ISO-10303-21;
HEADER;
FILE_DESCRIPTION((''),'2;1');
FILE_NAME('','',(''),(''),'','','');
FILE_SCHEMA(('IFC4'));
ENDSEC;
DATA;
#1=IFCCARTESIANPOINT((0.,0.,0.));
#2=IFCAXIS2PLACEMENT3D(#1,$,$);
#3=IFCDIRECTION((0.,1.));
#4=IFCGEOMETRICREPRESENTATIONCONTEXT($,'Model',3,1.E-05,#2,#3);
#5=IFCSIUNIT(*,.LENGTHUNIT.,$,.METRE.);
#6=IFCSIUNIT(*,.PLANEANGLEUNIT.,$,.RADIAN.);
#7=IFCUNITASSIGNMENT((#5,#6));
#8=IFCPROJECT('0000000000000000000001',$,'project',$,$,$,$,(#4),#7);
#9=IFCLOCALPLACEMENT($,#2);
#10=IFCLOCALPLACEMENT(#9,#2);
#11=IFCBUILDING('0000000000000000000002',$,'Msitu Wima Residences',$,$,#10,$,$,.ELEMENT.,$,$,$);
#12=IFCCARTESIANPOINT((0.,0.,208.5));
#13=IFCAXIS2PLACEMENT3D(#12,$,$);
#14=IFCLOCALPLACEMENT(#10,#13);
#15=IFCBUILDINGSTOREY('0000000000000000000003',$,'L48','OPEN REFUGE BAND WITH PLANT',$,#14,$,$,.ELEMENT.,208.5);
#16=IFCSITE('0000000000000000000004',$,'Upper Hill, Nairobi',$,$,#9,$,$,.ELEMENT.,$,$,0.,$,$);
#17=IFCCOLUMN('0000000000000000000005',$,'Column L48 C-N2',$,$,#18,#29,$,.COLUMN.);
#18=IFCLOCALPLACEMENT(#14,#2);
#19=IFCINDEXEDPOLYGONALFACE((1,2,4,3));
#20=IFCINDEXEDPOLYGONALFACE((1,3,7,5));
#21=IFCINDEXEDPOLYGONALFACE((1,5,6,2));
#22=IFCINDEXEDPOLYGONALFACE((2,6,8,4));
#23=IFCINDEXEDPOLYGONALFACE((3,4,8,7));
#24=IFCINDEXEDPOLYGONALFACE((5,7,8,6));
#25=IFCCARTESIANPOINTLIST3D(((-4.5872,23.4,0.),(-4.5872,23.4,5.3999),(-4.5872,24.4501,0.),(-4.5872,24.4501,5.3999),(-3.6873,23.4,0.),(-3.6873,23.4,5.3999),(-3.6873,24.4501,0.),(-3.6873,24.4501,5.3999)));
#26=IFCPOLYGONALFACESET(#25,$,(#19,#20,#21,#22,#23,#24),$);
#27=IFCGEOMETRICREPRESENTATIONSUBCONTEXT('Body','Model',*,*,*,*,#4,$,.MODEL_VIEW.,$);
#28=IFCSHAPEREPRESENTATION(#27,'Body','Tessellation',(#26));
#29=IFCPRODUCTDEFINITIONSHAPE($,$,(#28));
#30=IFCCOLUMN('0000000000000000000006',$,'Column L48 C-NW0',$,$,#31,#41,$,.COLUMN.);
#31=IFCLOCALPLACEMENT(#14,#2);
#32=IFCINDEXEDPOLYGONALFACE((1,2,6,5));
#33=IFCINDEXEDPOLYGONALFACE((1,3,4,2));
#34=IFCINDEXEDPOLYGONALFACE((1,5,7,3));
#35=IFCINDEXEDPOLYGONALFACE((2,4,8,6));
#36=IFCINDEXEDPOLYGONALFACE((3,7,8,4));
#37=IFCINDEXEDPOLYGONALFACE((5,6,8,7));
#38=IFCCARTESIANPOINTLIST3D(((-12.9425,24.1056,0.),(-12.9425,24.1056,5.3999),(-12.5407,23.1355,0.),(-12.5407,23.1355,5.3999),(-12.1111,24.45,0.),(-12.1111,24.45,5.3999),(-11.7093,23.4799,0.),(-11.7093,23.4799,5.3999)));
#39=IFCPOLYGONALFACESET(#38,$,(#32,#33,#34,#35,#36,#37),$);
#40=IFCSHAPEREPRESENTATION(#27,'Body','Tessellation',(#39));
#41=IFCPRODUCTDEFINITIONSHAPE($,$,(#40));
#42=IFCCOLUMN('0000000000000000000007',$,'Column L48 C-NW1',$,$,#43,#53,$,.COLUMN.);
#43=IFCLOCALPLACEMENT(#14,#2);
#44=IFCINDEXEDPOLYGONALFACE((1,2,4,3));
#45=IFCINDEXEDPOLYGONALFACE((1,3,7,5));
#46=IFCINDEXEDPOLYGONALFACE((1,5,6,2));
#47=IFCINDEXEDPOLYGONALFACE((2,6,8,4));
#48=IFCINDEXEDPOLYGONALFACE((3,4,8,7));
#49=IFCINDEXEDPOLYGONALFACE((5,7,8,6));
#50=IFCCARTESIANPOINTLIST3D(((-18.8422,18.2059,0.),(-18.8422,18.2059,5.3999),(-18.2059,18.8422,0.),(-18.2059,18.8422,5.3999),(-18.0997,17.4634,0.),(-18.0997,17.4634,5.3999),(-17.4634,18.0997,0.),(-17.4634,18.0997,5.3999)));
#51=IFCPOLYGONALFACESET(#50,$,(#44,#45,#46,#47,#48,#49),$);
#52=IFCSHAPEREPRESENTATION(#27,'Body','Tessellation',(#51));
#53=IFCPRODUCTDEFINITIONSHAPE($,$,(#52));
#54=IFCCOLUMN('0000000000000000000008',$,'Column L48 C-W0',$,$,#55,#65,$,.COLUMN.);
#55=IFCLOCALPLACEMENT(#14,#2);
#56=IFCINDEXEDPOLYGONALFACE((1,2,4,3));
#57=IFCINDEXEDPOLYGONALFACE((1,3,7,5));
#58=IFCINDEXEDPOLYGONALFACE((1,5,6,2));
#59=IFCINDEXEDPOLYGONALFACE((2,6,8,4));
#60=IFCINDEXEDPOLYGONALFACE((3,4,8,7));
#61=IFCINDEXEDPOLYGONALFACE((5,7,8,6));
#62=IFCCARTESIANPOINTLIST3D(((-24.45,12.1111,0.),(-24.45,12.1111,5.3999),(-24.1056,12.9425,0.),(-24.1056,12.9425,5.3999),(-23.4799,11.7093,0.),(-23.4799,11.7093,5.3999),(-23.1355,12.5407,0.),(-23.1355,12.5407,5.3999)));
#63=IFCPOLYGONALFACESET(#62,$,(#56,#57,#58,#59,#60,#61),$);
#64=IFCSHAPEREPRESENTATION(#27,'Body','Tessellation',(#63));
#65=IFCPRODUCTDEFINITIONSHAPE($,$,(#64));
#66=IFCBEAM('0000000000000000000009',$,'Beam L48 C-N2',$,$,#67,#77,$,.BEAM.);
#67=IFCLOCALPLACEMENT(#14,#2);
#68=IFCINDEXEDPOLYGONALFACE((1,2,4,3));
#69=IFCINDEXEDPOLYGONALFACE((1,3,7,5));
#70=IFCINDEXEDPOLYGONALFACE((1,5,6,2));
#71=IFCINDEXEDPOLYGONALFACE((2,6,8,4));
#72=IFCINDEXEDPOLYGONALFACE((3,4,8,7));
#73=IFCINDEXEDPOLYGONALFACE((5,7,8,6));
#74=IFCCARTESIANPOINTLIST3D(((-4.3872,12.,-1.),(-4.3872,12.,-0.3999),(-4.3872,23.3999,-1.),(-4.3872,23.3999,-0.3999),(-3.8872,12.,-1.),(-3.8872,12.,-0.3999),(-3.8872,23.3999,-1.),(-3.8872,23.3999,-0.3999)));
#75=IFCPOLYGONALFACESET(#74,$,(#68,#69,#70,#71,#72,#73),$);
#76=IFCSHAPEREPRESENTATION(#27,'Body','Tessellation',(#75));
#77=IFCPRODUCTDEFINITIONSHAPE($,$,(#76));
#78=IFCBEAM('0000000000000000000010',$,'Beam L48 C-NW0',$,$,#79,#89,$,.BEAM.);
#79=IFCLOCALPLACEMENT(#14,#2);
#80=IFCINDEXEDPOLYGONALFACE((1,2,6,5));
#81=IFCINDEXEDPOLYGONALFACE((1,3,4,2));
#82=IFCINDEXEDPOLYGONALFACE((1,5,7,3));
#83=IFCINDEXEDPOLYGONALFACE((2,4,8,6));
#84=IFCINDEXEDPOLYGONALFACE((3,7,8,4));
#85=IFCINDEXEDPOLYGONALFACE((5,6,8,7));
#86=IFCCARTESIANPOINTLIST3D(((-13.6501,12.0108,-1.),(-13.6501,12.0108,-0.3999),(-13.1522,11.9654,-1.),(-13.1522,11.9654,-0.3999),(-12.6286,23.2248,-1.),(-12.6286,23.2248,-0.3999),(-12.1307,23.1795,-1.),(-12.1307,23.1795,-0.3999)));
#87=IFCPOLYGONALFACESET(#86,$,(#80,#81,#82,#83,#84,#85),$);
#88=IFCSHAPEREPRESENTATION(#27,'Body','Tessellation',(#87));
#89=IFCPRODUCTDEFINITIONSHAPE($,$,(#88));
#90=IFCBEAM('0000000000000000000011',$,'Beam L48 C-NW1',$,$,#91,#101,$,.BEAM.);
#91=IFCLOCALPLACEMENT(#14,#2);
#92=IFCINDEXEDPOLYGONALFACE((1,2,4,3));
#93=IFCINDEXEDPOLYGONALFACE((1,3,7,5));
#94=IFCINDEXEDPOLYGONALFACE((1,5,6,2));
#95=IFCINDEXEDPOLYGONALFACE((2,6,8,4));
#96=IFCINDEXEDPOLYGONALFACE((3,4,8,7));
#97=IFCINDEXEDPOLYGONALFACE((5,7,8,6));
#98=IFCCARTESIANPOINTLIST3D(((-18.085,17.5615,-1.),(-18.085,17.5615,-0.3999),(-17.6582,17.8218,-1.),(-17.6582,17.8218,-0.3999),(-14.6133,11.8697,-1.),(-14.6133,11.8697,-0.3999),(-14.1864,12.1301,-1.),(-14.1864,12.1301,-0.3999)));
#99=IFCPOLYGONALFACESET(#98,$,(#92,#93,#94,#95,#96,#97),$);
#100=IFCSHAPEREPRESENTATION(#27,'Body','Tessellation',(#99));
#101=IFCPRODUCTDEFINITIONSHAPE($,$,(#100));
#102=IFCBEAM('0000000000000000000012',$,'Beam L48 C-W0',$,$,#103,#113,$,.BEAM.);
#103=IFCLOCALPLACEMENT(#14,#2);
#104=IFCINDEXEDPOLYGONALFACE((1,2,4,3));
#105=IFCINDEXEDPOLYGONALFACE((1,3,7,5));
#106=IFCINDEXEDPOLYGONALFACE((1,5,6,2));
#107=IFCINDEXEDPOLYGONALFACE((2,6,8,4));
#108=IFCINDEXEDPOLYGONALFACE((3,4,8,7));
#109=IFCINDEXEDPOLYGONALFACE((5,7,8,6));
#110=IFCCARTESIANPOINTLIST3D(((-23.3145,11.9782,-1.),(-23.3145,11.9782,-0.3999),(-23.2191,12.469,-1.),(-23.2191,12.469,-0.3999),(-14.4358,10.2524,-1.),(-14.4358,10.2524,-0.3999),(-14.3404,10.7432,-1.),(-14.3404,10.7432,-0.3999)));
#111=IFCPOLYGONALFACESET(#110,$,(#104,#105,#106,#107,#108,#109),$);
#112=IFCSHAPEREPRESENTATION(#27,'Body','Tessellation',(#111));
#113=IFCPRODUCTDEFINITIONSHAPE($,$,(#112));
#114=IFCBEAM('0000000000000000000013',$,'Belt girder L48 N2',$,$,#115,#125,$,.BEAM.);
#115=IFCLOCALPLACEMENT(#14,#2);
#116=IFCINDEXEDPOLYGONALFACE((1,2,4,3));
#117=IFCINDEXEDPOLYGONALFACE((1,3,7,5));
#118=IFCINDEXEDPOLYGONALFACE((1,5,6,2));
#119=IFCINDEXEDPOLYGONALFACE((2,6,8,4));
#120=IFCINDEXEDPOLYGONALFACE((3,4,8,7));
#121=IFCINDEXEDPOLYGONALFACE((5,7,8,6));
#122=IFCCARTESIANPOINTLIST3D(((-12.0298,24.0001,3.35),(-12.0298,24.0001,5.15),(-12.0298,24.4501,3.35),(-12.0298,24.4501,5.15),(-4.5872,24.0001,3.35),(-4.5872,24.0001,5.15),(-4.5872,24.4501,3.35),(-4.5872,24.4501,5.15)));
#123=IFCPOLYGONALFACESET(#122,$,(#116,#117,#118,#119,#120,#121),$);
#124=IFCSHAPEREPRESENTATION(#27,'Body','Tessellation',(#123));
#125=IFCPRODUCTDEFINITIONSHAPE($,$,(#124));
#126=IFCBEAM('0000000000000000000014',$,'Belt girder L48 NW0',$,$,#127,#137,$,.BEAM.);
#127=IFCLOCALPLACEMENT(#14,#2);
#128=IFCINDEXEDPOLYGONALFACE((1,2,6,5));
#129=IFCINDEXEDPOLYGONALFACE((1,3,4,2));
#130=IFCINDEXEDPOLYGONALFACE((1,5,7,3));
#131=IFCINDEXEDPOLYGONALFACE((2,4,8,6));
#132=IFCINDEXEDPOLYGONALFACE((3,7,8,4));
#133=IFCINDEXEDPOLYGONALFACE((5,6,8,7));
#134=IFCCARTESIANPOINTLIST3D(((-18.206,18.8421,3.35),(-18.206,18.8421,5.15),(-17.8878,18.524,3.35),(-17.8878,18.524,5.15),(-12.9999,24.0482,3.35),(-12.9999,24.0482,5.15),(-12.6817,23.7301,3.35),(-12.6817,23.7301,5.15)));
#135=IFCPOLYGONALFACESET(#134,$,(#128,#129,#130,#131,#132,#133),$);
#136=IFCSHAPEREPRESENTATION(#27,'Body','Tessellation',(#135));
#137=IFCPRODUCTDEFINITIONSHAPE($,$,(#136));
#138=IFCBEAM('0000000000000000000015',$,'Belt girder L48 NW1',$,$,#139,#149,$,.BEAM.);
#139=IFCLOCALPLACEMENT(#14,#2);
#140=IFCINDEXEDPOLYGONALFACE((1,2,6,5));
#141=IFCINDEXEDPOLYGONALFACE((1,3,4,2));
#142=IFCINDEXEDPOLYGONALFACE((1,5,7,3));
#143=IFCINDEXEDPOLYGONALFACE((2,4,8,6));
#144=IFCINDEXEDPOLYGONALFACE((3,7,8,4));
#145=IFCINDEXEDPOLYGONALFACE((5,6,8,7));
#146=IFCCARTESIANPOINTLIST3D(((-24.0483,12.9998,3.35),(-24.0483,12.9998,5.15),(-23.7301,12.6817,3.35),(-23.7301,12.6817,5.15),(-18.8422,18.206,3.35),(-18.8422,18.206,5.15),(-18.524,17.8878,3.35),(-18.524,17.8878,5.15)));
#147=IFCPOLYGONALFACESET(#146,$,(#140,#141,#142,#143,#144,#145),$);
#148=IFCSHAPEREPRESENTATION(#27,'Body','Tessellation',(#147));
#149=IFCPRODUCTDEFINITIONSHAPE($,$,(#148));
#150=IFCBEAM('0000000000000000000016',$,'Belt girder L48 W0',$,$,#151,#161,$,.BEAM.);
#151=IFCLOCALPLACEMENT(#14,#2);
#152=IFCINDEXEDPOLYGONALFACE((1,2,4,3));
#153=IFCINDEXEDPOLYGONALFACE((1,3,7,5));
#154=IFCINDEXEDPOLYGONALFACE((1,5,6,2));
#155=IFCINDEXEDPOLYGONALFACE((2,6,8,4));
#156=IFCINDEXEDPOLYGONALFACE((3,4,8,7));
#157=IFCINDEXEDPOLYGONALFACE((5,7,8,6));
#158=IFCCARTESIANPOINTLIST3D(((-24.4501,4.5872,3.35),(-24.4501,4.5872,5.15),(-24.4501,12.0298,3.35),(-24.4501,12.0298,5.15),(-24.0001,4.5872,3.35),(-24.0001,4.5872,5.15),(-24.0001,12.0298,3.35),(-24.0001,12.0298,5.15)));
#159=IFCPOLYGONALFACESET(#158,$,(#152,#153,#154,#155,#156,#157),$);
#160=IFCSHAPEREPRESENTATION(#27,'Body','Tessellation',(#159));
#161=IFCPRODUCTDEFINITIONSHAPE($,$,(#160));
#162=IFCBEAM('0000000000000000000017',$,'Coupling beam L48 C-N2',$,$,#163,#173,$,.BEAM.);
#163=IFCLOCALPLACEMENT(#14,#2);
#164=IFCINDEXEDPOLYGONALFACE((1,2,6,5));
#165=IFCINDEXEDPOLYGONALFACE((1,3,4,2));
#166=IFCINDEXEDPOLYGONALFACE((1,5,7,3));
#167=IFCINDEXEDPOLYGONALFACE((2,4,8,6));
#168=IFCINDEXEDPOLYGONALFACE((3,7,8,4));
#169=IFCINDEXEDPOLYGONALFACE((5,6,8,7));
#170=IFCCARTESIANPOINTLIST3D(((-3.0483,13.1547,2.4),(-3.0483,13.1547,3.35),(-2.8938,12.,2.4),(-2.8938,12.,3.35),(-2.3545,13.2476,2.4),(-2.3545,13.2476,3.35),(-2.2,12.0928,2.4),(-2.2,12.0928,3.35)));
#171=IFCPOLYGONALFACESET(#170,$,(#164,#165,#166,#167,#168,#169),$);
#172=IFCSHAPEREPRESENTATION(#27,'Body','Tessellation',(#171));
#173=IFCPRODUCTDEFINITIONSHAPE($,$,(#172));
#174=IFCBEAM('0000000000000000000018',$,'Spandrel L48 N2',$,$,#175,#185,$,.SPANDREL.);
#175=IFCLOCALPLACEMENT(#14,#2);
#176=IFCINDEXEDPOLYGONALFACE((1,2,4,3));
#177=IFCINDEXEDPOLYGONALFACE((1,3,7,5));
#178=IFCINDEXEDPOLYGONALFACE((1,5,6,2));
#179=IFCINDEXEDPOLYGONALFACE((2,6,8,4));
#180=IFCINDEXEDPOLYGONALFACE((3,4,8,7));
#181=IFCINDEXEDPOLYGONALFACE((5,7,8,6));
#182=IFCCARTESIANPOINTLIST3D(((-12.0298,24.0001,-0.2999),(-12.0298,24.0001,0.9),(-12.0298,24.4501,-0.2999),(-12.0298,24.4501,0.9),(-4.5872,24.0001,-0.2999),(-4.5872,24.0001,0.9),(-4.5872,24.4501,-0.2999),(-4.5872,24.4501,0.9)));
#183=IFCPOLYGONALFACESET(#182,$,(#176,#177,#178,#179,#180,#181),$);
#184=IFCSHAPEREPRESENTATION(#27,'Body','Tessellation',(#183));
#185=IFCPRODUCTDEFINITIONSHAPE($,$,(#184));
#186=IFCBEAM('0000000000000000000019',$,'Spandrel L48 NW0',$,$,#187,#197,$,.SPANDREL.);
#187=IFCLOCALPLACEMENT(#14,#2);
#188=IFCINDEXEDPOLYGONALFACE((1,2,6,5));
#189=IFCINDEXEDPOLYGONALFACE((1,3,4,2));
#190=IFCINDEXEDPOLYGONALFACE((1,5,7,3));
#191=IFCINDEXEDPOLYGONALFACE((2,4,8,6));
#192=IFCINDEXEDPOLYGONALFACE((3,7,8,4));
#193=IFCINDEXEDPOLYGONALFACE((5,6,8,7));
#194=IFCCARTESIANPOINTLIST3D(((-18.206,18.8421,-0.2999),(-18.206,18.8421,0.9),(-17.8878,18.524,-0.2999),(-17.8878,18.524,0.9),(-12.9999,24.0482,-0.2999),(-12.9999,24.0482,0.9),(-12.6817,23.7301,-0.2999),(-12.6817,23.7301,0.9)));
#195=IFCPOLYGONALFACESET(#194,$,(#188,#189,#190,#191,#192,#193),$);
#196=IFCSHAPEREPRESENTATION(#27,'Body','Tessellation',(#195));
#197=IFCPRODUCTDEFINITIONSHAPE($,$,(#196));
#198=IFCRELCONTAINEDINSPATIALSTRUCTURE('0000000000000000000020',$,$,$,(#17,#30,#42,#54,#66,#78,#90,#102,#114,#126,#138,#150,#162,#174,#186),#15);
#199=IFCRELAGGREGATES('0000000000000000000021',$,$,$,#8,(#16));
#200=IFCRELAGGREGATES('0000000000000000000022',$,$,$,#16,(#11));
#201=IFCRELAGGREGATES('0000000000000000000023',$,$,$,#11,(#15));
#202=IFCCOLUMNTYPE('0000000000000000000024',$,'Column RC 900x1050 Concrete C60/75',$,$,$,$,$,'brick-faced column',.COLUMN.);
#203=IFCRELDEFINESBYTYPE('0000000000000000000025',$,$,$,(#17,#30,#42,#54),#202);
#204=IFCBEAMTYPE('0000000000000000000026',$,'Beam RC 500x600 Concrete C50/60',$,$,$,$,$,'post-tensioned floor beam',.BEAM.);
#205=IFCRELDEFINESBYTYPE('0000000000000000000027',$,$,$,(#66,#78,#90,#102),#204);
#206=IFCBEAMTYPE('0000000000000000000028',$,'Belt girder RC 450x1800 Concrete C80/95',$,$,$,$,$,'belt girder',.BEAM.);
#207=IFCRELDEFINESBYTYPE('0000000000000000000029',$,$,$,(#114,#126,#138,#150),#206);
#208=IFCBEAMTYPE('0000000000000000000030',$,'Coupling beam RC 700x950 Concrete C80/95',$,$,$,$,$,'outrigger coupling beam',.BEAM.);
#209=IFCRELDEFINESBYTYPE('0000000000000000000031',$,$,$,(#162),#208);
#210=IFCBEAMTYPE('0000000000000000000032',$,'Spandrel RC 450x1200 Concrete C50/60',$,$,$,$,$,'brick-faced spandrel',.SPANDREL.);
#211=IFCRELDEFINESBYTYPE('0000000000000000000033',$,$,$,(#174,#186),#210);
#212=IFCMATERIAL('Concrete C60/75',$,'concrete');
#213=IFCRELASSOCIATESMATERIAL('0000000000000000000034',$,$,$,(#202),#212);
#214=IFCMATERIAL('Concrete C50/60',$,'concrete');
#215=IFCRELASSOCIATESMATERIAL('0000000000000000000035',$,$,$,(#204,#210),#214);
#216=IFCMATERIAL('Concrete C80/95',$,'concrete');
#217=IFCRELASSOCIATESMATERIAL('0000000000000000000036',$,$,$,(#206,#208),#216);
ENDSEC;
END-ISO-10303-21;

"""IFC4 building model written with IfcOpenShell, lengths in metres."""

from ifc_helpers import new_model, si_unit, direction, frame, origin, origin_2d, place, context, subcontext, project, spatial, rectangle, extrude, material, material_profile, profile_set, type_object, element, save


model = new_model("IFC4")

# Units and contexts
model_context = context("Model", 3, precision=1e-05, world=origin(), true_north=direction((0.0, 1.0)))
body_context = subcontext(model_context, "Body", "Model", "MODEL_VIEW")
ifc_project = project(units=[si_unit("LENGTHUNIT", "METRE"), si_unit("PLANEANGLEUNIT", "RADIAN")], contexts=[model_context])

# Site, building, storey
site_placement = place(None, origin())
site = spatial("IfcSite", under=ifc_project, at=site_placement, Name="Upper Hill, Nairobi", CompositionType="ELEMENT", RefElevation=0.0)
building_placement = place(site_placement, origin())
building = spatial("IfcBuilding", under=site, at=building_placement, Name="Msitu Wima Residences", CompositionType="ELEMENT")
storey_placement = place(building_placement, frame((0.0, 0.0, 208.5)))
storey = spatial("IfcBuildingStorey", under=building, at=storey_placement, Name="L48", Description="OPEN REFUGE BAND WITH PLANT", CompositionType="ELEMENT", Elevation=208.5)

# Columns
ifc_material_1 = material(Name="Concrete C60/75", Category="concrete")
ifc_material_profile_1 = material_profile(ifc_material_1, rectangle(XDim=0.8999, YDim=1.05, at=origin_2d()), Name="RC 900x1050")
ifc_profile_set_1 = profile_set([ifc_material_profile_1], Name="Concrete C60/75")
column_type = type_object("IfcColumnType", Name="Column RC 900x1050 Concrete C60/75", ElementType="brick-faced column", PredefinedType="COLUMN", material=ifc_profile_set_1)
for number, where, z_axis, x_axis, name in (
    (1, (-4.1372, 23.925, 0.0), (0.0, 0.0, 1.0), (-1.0, 0.0, 0.0), "Column L48 C-N2"),
    (2, (-12.3259, 23.7927, 0.0), (0.0, 0.0, 1.0), (-0.92388, -0.382683, 0.0), "Column L48 C-NW0"),
    (3, (-18.1528, 18.1528, 0.0), (0.0, 0.0, 1.0), (-0.707107, -0.707107, 0.0), "Column L48 C-NW1"),
    (4, (-23.7927, 12.3259, 0.0), (0.0, 0.0, 1.0), (-0.382683, -0.92388, 0.0), "Column L48 C-W0"),
):
    element("IfcColumn", number, at=place(storey_placement, frame(where, z_axis=z_axis, x_axis=x_axis)), inside=storey, type_object=column_type, Name=name, PredefinedType="COLUMN", context=body_context, shape_type="SweptSolid", body=[
        extrude(rectangle(XDim=0.8999, YDim=1.05, at=origin_2d()), origin(), (0.0, 0.0, 1.0), 5.3999),
    ])

# Beams
ifc_material_2 = material(Name="Concrete C50/60", Category="concrete")
ifc_material_profile_2 = material_profile(ifc_material_2, rectangle(XDim=0.5, YDim=0.6001, at=origin_2d()), Name="RC 500x600")
ifc_profile_set_2 = profile_set([ifc_material_profile_2], Name="Concrete C50/60")
beam_type_1 = type_object("IfcBeamType", Name="Beam RC 500x600 Concrete C50/60", ElementType="post-tensioned floor beam", PredefinedType="BEAM", material=ifc_profile_set_2)
beam_1_placement = place(storey_placement, frame((-4.1372, 23.3999, -0.7), z_axis=(0.0, -1.0, 0.0), x_axis=(1.0, 0.0, 0.0)))
element("IfcBeam", 5, at=beam_1_placement, inside=storey, type_object=beam_type_1, Name="Beam L48 C-N2", PredefinedType="BEAM", context=body_context, shape_type="SweptSolid", body=[
    extrude(rectangle(XDim=0.5, YDim=0.6001, at=origin_2d()), origin(), (0.0, 0.0, 1.0), 11.3999),
])
beam_2_placement = place(storey_placement, frame((-12.3796, 23.2021, -0.7), z_axis=(-0.090714, -0.995877, 0.0), x_axis=(0.995877, -0.090714, 0.0)))
element("IfcBeam", 6, at=beam_2_placement, inside=storey, type_object=beam_type_1, Name="Beam L48 C-NW0", PredefinedType="BEAM", context=body_context, shape_type="SweptSolid", body=[
    extrude(rectangle(XDim=0.5, YDim=0.6001, at=origin_2d()), origin(), (0.0, 0.0, 1.0), 11.2605),
])
beam_3_placement = place(storey_placement, frame((-17.8716, 17.6917, -0.7), z_axis=(0.520734, -0.853719, 0.0), x_axis=(0.853719, 0.520734, 0.0)))
element("IfcBeam", 7, at=beam_3_placement, inside=storey, type_object=beam_type_1, Name="Beam L48 C-NW1", PredefinedType="BEAM", context=body_context, shape_type="SweptSolid", body=[
    extrude(rectangle(XDim=0.5, YDim=0.6001, at=origin_2d()), origin(), (0.0, 0.0, 1.0), 6.667),
])
beam_4_placement = place(storey_placement, frame((-23.2668, 12.2236, -0.7), z_axis=(0.981627, -0.190808, 0.0), x_axis=(0.190808, 0.981627, 0.0)))
element("IfcBeam", 8, at=beam_4_placement, inside=storey, type_object=beam_type_1, Name="Beam L48 C-W0", PredefinedType="BEAM", context=body_context, shape_type="SweptSolid", body=[
    extrude(rectangle(XDim=0.5, YDim=0.6001, at=origin_2d()), origin(), (0.0, 0.0, 1.0), 9.0449),
])
ifc_material_3 = material(Name="Concrete C80/95", Category="concrete")
ifc_material_profile_3 = material_profile(ifc_material_3, rectangle(XDim=0.45, YDim=1.8, at=origin_2d()), Name="RC 450x1800")
ifc_profile_set_3 = profile_set([ifc_material_profile_3], Name="Concrete C80/95")
beam_type_2 = type_object("IfcBeamType", Name="Belt girder RC 450x1800 Concrete C80/95", ElementType="belt girder", PredefinedType="BEAM", material=ifc_profile_set_3)
beam_5_placement = place(storey_placement, frame((-4.5872, 24.2251, 4.25), z_axis=(-1.0, 0.0, 0.0), x_axis=(0.0, -1.0, 0.0)))
element("IfcBeam", 9, at=beam_5_placement, inside=storey, type_object=beam_type_2, Name="Belt girder L48 N2", PredefinedType="BEAM", context=body_context, shape_type="SweptSolid", body=[
    extrude(rectangle(XDim=0.45, YDim=1.8, at=origin_2d()), origin(), (0.0, 0.0, 1.0), 7.4426),
])
for number, where, z_axis, x_axis, name in (
    (10, (-12.8408, 23.8892, 4.25), (-0.707107, -0.707107, 0.0), (0.707107, -0.707107, 0.0), "Belt girder L48 NW0"),
    (11, (-18.6831, 18.0469, 4.25), (-0.707107, -0.707107, 0.0), (0.707107, -0.707107, 0.0), "Belt girder L48 NW1"),
):
    element("IfcBeam", number, at=place(storey_placement, frame(where, z_axis=z_axis, x_axis=x_axis)), inside=storey, type_object=beam_type_2, Name=name, PredefinedType="BEAM", context=body_context, shape_type="SweptSolid", body=[
        extrude(rectangle(XDim=0.45, YDim=1.8, at=origin_2d()), origin(), (0.0, 0.0, 1.0), 7.3625),
    ])
beam_6_placement = place(storey_placement, frame((-24.2251, 12.0298, 4.25), z_axis=(0.0, -1.0, 0.0), x_axis=(1.0, 0.0, 0.0)))
element("IfcBeam", 12, at=beam_6_placement, inside=storey, type_object=beam_type_2, Name="Belt girder L48 W0", PredefinedType="BEAM", context=body_context, shape_type="SweptSolid", body=[
    extrude(rectangle(XDim=0.45, YDim=1.8, at=origin_2d()), origin(), (0.0, 0.0, 1.0), 7.4426),
])
ifc_material_profile_4 = material_profile(ifc_material_3, rectangle(XDim=0.7, YDim=0.95, at=origin_2d()), Name="RC 700x950")
ifc_profile_set_4 = profile_set([ifc_material_profile_4], Name="Concrete C80/95")
beam_type_3 = type_object("IfcBeamType", Name="Coupling beam RC 700x950 Concrete C80/95", ElementType="outrigger coupling beam", PredefinedType="BEAM", material=ifc_profile_set_4)
beam_7_placement = place(storey_placement, frame((-2.5469, 12.0464, 2.875), z_axis=(-0.132644, 0.991164, 0.0), x_axis=(-0.991164, -0.132644, 0.0)))
element("IfcBeam", 13, at=beam_7_placement, inside=storey, type_object=beam_type_3, Name="Coupling beam L48 C-N2", PredefinedType="BEAM", context=body_context, shape_type="SweptSolid", body=[
    extrude(rectangle(XDim=0.7, YDim=0.95, at=origin_2d()), origin(), (0.0, 0.0, 1.0), 1.165),
])
ifc_material_profile_5 = material_profile(ifc_material_2, rectangle(XDim=0.45, YDim=1.2, at=origin_2d()), Name="RC 450x1200")
ifc_profile_set_5 = profile_set([ifc_material_profile_5], Name="Concrete C50/60")
beam_type_4 = type_object("IfcBeamType", Name="Spandrel RC 450x1200 Concrete C50/60", ElementType="brick-faced spandrel", PredefinedType="SPANDREL", material=ifc_profile_set_5)
beam_8_placement = place(storey_placement, frame((-4.5872, 24.2251, 0.3), z_axis=(-1.0, 0.0, 0.0), x_axis=(0.0, -1.0, 0.0)))
element("IfcBeam", 14, at=beam_8_placement, inside=storey, type_object=beam_type_4, Name="Spandrel L48 N2", PredefinedType="SPANDREL", context=body_context, shape_type="SweptSolid", body=[
    extrude(rectangle(XDim=0.45, YDim=1.2, at=origin_2d()), origin(), (0.0, 0.0, 1.0), 7.4426),
])
for number, where, z_axis, x_axis, name in (
    (15, (-12.8408, 23.8892, 0.3), (-0.707107, -0.707107, 0.0), (0.707107, -0.707107, 0.0), "Spandrel L48 NW0"),
):
    element("IfcBeam", number, at=place(storey_placement, frame(where, z_axis=z_axis, x_axis=x_axis)), inside=storey, type_object=beam_type_4, Name=name, PredefinedType="SPANDREL", context=body_context, shape_type="SweptSolid", body=[
        extrude(rectangle(XDim=0.45, YDim=1.2, at=origin_2d()), origin(), (0.0, 0.0, 1.0), 7.3625),
    ])

save(model, "model.ifc")
